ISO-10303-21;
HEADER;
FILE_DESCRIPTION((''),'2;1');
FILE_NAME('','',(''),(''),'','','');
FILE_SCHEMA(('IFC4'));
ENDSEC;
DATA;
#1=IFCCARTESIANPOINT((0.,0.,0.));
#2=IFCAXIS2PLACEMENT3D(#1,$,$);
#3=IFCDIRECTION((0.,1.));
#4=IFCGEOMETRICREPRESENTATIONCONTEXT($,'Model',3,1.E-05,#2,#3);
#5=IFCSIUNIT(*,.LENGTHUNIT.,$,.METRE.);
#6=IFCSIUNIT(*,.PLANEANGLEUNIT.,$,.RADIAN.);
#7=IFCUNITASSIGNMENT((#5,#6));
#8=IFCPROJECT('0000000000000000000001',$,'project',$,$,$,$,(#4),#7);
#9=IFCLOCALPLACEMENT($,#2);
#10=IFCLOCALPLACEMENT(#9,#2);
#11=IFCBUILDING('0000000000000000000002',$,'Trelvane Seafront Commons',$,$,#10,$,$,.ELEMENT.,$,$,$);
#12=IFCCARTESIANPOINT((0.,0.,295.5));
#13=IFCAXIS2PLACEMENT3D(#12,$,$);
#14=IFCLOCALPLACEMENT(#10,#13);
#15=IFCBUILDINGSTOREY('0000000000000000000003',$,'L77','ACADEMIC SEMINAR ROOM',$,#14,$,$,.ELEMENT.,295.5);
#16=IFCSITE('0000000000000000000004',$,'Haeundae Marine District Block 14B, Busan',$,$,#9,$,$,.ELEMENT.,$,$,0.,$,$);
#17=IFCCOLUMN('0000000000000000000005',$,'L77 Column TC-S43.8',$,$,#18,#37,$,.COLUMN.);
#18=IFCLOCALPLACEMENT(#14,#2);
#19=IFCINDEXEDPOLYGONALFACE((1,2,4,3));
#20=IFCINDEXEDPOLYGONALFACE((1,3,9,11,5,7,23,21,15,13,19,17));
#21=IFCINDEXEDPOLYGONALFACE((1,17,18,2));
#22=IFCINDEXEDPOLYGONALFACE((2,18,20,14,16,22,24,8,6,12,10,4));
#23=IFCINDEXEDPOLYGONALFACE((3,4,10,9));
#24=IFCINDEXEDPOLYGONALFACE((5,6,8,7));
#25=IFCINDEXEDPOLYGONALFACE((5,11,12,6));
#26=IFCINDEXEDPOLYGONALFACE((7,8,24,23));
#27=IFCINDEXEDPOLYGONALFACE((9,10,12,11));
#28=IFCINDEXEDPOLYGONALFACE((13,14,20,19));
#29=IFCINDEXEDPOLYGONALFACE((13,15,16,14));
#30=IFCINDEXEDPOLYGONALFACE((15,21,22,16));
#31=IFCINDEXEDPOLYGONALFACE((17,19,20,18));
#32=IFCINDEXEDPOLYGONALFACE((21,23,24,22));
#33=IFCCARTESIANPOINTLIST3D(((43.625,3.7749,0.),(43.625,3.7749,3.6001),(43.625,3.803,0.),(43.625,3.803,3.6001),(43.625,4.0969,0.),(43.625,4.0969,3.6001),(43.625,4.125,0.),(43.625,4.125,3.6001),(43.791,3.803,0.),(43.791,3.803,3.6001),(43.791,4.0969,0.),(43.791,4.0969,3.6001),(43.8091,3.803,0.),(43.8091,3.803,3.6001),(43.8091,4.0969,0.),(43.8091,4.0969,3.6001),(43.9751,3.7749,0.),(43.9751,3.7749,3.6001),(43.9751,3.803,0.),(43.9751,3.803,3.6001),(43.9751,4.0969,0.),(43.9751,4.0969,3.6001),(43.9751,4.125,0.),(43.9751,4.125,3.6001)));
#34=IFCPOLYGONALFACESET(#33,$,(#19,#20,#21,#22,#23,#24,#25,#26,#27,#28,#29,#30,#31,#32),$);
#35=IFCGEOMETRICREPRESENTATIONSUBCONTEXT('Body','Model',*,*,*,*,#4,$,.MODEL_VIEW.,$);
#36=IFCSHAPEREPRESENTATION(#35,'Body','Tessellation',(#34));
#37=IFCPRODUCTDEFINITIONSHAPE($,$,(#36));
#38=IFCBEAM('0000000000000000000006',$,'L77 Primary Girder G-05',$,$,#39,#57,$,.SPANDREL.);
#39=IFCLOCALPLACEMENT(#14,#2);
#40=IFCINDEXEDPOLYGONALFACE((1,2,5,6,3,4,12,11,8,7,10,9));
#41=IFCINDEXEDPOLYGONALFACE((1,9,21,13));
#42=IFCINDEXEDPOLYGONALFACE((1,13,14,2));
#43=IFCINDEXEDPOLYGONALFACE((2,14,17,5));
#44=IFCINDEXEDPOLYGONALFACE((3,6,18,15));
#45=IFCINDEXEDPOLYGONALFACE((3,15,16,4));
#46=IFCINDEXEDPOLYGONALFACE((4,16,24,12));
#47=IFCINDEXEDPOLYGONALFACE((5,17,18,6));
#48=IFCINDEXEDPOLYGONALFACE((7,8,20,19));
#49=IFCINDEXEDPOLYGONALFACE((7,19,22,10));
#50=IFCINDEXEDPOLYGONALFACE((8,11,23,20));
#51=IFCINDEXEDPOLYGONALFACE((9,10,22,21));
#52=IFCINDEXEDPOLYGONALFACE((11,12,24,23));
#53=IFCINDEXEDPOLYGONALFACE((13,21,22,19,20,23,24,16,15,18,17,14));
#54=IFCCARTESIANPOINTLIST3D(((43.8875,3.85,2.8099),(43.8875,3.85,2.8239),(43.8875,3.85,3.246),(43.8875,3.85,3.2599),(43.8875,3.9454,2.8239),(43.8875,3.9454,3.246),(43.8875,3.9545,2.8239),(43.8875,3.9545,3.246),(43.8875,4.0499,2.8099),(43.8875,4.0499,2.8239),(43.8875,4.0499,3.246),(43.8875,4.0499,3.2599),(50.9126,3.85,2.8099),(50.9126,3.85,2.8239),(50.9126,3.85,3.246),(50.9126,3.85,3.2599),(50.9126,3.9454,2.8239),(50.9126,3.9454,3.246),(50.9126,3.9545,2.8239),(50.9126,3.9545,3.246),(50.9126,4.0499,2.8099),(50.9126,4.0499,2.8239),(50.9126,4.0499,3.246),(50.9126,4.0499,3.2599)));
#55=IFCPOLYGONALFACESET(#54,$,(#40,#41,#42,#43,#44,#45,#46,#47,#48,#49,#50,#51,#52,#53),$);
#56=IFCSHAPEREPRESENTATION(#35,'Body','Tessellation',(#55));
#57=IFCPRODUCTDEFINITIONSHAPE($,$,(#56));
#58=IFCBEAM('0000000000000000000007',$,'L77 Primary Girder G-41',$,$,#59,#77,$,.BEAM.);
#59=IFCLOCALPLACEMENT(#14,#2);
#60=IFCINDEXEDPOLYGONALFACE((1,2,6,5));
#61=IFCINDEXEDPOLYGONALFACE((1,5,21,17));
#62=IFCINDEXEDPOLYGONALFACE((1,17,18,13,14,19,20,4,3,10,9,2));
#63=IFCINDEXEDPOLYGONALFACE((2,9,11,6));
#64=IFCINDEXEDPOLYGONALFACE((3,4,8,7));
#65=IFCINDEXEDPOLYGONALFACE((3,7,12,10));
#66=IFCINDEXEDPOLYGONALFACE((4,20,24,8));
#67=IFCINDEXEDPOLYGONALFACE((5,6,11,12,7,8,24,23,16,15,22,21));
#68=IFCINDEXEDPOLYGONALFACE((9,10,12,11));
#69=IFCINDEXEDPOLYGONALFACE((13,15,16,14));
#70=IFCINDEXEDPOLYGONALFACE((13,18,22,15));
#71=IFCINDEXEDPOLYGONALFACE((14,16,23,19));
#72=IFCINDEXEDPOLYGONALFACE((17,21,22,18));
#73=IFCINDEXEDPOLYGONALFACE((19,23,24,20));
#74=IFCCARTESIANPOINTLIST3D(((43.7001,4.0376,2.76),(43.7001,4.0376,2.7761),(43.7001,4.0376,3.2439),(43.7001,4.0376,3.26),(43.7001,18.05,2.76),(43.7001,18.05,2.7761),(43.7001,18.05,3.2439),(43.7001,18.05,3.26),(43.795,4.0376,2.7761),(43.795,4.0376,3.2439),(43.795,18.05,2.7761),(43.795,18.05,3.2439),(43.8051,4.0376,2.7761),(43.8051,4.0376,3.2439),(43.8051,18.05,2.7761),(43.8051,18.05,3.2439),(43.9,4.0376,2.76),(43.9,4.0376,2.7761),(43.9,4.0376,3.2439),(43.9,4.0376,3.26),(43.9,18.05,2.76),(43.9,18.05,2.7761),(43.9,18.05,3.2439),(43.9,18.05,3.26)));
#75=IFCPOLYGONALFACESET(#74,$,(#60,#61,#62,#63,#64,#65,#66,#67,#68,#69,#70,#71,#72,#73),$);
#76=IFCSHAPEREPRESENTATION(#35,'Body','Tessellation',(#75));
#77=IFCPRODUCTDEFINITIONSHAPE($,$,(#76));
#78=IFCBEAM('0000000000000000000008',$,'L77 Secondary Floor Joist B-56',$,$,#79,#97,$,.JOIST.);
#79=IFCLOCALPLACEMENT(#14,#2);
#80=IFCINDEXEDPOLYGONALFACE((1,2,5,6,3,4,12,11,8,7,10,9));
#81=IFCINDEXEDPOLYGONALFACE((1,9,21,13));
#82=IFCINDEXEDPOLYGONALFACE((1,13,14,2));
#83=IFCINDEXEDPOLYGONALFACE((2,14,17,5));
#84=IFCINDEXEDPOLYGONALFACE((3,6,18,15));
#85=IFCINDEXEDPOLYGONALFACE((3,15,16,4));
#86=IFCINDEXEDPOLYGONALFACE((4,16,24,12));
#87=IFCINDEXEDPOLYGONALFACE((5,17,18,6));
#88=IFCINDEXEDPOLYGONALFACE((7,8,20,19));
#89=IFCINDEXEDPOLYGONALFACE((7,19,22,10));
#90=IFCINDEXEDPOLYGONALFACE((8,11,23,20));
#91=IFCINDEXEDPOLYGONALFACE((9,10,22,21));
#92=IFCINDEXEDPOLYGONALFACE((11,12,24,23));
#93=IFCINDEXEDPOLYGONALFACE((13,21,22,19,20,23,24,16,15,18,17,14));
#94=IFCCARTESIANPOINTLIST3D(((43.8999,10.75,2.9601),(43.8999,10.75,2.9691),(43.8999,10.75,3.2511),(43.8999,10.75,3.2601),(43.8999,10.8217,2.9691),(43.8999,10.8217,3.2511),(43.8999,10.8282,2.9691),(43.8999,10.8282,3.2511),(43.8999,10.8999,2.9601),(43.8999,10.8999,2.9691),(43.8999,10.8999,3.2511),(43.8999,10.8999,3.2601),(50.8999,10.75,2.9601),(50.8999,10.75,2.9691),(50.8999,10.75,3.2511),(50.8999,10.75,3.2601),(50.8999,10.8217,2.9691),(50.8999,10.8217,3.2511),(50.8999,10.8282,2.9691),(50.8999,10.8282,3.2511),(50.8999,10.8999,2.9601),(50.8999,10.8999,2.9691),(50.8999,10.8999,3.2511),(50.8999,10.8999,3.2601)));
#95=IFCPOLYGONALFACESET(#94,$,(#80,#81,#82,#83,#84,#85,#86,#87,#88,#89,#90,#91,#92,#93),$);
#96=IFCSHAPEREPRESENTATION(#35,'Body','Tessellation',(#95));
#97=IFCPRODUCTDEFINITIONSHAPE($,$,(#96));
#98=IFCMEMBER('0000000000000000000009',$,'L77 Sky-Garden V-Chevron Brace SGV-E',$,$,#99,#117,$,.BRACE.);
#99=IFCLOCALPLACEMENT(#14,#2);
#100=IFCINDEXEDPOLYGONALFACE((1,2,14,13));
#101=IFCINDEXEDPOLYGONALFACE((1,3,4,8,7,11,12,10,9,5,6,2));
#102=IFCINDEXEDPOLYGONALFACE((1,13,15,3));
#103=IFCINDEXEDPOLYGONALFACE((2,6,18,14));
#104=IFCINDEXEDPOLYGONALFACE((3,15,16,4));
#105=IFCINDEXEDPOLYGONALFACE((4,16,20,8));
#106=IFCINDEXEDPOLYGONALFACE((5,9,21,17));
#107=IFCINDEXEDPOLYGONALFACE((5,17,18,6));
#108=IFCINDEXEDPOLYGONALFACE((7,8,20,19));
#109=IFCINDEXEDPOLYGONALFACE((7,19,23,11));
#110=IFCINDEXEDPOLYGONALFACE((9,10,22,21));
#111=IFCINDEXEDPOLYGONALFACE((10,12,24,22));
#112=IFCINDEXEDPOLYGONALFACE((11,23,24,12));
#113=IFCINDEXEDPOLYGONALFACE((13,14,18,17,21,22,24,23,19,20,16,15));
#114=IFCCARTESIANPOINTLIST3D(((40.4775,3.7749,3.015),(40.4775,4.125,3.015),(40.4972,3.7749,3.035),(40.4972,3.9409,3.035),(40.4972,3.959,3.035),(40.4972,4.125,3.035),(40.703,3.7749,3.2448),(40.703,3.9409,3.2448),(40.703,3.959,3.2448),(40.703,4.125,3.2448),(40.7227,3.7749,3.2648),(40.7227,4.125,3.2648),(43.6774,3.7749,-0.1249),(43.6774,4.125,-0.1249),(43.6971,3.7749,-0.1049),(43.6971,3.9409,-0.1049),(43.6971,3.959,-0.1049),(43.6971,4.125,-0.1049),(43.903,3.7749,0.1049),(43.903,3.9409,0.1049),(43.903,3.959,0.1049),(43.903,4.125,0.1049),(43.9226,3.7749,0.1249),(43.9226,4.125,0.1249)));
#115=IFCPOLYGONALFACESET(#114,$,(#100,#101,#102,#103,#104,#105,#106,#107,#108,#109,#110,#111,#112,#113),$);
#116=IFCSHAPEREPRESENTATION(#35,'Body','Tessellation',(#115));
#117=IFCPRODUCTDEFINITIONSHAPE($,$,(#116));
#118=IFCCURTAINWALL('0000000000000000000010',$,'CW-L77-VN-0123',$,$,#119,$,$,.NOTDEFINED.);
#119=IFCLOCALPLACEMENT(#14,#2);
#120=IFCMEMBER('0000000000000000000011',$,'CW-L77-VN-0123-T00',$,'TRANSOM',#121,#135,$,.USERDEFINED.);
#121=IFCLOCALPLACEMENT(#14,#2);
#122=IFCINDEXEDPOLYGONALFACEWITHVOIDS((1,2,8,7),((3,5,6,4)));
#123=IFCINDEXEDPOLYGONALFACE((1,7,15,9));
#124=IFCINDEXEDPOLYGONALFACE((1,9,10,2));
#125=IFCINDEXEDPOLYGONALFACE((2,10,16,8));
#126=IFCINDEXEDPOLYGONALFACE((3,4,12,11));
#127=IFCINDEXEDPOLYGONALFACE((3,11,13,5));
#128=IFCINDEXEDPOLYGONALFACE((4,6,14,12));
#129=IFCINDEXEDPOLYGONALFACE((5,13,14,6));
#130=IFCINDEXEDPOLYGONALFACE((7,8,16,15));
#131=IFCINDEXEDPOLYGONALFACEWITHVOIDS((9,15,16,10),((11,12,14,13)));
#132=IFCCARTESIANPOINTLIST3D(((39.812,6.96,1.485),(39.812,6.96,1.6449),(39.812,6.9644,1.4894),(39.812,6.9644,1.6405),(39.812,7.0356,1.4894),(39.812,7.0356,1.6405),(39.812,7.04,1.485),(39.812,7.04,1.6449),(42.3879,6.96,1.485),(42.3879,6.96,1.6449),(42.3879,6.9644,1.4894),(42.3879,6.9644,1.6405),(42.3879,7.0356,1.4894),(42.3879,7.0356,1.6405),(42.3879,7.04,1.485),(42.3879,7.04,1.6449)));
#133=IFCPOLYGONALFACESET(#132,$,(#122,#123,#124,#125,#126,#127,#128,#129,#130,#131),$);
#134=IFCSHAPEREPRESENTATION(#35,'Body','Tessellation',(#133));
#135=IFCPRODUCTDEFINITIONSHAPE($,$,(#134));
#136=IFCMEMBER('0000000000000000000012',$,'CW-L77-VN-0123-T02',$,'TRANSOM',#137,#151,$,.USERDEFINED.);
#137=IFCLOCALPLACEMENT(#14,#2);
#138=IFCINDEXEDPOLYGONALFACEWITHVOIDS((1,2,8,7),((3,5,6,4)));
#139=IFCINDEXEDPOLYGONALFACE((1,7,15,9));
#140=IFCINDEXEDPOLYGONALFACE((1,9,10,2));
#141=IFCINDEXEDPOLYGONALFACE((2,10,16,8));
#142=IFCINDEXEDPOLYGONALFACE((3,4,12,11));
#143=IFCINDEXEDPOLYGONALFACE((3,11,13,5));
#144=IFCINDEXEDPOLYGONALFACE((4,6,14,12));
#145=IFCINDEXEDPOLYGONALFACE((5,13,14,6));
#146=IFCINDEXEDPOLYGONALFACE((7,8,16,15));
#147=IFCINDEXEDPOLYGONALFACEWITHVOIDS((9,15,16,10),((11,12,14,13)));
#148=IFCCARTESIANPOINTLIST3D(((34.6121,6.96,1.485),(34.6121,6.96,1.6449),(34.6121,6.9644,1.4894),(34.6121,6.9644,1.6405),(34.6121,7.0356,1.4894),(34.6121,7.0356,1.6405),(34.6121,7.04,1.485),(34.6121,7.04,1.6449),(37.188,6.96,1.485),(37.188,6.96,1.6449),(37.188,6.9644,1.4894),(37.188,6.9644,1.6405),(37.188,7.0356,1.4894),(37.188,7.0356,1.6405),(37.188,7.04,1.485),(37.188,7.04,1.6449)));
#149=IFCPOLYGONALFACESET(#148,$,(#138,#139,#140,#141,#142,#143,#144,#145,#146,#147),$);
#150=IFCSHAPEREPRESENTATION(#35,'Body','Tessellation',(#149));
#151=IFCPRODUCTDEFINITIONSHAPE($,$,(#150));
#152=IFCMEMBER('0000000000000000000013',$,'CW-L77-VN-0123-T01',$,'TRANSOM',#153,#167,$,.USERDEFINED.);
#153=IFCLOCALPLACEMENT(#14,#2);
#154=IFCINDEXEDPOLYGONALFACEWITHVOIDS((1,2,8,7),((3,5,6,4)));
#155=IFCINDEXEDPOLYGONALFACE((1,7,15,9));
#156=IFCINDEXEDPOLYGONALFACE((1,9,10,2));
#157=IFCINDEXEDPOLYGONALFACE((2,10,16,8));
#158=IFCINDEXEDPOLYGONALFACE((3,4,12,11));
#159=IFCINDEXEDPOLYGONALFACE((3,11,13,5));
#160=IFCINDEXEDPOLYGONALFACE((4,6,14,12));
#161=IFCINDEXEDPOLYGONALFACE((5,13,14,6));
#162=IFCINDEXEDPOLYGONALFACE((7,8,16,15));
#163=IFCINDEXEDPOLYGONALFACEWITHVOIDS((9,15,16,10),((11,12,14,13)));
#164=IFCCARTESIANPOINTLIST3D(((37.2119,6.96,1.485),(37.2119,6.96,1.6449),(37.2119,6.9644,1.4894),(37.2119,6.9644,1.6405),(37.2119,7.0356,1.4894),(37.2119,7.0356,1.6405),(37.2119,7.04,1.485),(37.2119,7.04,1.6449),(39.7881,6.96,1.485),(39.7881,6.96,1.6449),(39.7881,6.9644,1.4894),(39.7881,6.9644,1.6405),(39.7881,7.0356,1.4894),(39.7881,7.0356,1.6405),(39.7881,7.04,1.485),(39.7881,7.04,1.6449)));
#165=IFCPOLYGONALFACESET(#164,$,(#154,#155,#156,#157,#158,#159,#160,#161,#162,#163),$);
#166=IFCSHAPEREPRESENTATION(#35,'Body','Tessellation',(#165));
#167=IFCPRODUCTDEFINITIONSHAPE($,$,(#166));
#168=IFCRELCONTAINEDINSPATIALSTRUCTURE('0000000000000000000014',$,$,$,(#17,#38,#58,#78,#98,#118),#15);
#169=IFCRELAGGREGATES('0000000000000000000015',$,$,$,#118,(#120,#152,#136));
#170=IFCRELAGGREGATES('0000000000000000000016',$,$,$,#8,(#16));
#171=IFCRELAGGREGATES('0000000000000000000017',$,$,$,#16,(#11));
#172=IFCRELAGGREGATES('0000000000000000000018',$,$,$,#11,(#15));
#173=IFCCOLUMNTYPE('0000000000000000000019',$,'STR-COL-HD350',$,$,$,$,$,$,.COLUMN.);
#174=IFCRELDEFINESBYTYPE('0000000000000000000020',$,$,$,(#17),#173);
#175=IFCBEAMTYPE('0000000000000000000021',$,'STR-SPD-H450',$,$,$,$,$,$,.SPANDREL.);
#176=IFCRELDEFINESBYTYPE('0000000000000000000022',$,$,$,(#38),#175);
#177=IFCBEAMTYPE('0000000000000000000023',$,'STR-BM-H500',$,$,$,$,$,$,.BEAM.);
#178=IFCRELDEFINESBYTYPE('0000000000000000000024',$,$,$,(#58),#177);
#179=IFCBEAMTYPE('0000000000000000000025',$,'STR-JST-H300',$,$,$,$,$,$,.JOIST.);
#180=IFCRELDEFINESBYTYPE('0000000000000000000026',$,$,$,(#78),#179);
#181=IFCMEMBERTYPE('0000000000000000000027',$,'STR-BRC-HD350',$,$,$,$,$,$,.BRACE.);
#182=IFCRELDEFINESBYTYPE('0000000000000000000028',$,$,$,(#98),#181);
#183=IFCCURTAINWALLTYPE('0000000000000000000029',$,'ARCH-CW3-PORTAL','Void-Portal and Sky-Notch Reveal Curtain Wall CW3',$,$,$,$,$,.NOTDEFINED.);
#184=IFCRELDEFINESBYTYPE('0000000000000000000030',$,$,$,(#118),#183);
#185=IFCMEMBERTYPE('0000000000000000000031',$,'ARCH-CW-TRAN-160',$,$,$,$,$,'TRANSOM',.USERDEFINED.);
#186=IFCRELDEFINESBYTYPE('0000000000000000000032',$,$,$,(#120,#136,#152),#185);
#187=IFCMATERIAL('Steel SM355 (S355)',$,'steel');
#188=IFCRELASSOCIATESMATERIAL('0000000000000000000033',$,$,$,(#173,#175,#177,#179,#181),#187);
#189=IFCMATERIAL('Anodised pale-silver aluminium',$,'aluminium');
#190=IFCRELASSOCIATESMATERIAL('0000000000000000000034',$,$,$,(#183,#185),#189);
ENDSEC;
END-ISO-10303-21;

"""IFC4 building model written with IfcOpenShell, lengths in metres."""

from ifc_helpers import new_model, si_unit, direction, frame, origin, origin_2d, place, context, subcontext, project, spatial, hollow_rectangle, i_section, extrude, source, transform, mapped, material, material_profile, profile_set, type_object, element, aggregate, save


model = new_model("IFC4")

# Units and contexts
model_context = context("Model", 3, precision=1e-05, world=origin(), true_north=direction((0.0, 1.0)))
body_context = subcontext(model_context, "Body", "Model", "MODEL_VIEW")
ifc_project = project(units=[si_unit("LENGTHUNIT", "METRE"), si_unit("PLANEANGLEUNIT", "RADIAN")], contexts=[model_context])

# Site, building, storey
site_placement = place(None, origin())
site = spatial("IfcSite", under=ifc_project, at=site_placement, Name="Haeundae Marine District Block 14B, Busan", CompositionType="ELEMENT", RefElevation=0.0)
building_placement = place(site_placement, origin())
building = spatial("IfcBuilding", under=site, at=building_placement, Name="Trelvane Seafront Commons", CompositionType="ELEMENT")
storey_placement = place(building_placement, frame((0.0, 0.0, 295.5)))
storey = spatial("IfcBuildingStorey", under=building, at=storey_placement, Name="L77", Description="ACADEMIC SEMINAR ROOM", CompositionType="ELEMENT", Elevation=295.5)

# Column
ifc_material_1 = material(Name="Steel SM355 (S355)", Category="steel")
ifc_material_profile_1 = material_profile(ifc_material_1, i_section(OverallWidth=0.3501, OverallDepth=0.3501, WebThickness=0.0181, FlangeThickness=0.0281, at=origin_2d()), Name="HD-350x350x18x28")
ifc_profile_set_1 = profile_set([ifc_material_profile_1], Name="Steel SM355 (S355)")
column_type = type_object("IfcColumnType", Name="STR-COL-HD350", PredefinedType="COLUMN", material=ifc_profile_set_1)
shared_shape_1 = source(origin(), body_context, "Body", "SweptSolid", [
    extrude(i_section(OverallWidth=0.3501, OverallDepth=0.3501, WebThickness=0.0181, FlangeThickness=0.0281, at=origin_2d()), origin(), (0.0, 0.0, 1.0), 3.6001),
])
column_placement = place(storey_placement, frame((43.8, 3.95, 0.0), z_axis=(0.0, 0.0, 1.0), x_axis=(1.0, 0.0, 0.0)))
element("IfcColumn", 1, at=column_placement, inside=storey, type_object=column_type, Name="L77 Column TC-S43.8", PredefinedType="COLUMN", context=body_context, shape_type="MappedRepresentation", body=[
    mapped(shared_shape_1, transform((0.0, 0.0, 0.0), x_axis=(1.0, 0.0, 0.0), y_axis=(0.0, 1.0, 0.0), z_axis=(0.0, 0.0, 1.0), scale=1.0)),
])

# Beams
ifc_material_profile_2 = material_profile(ifc_material_1, i_section(OverallWidth=0.2, OverallDepth=0.45, WebThickness=0.009, FlangeThickness=0.0139, at=origin_2d()), Name="H-450x200x9x14")
ifc_profile_set_2 = profile_set([ifc_material_profile_2], Name="Steel SM355 (S355)")
beam_type_1 = type_object("IfcBeamType", Name="STR-SPD-H450", PredefinedType="SPANDREL", material=ifc_profile_set_2)
shared_shape_2 = source(origin(), body_context, "Body", "SweptSolid", [
    extrude(i_section(OverallWidth=0.2, OverallDepth=0.45, WebThickness=0.009, FlangeThickness=0.0139, at=origin_2d()), origin(), (0.0, 0.0, 1.0), 7.0251),
])
beam_1_placement = place(storey_placement, frame((43.8875, 3.95, 3.0349), z_axis=(1.0, 0.0, 0.0), x_axis=(0.0, 1.0, 0.0)))
element("IfcBeam", 2, at=beam_1_placement, inside=storey, type_object=beam_type_1, Name="L77 Primary Girder G-05", PredefinedType="SPANDREL", context=body_context, shape_type="MappedRepresentation", body=[
    mapped(shared_shape_2, transform((0.0, 0.0, 0.0), x_axis=(1.0, 0.0, 0.0), y_axis=(0.0, 1.0, 0.0), z_axis=(0.0, 0.0, 1.0), scale=1.0)),
])
ifc_material_profile_3 = material_profile(ifc_material_1, i_section(OverallWidth=0.2, OverallDepth=0.5, WebThickness=0.01, FlangeThickness=0.0161, at=origin_2d()), Name="H-500x200x10x16")
ifc_profile_set_3 = profile_set([ifc_material_profile_3], Name="Steel SM355 (S355)")
beam_type_2 = type_object("IfcBeamType", Name="STR-BM-H500", PredefinedType="BEAM", material=ifc_profile_set_3)
shared_shape_3 = source(origin(), body_context, "Body", "SweptSolid", [
    extrude(i_section(OverallWidth=0.2, OverallDepth=0.5, WebThickness=0.01, FlangeThickness=0.0161, at=origin_2d()), origin(), (0.0, 0.0, 1.0), 14.0125),
])
beam_2_placement = place(storey_placement, frame((43.8, 4.0376, 3.01), z_axis=(0.0, 1.0, 0.0), x_axis=(-1.0, 0.0, 0.0)))
element("IfcBeam", 3, at=beam_2_placement, inside=storey, type_object=beam_type_2, Name="L77 Primary Girder G-41", PredefinedType="BEAM", context=body_context, shape_type="MappedRepresentation", body=[
    mapped(shared_shape_3, transform((0.0, 0.0, 0.0), x_axis=(1.0, 0.0, 0.0), y_axis=(0.0, 1.0, 0.0), z_axis=(0.0, 0.0, 1.0), scale=1.0)),
])
ifc_material_profile_4 = material_profile(ifc_material_1, i_section(OverallWidth=0.1499, OverallDepth=0.3, WebThickness=0.0066, FlangeThickness=0.009, at=origin_2d()), Name="H-300x150x6.5x9")
ifc_profile_set_4 = profile_set([ifc_material_profile_4], Name="Steel SM355 (S355)")
beam_type_3 = type_object("IfcBeamType", Name="STR-JST-H300", PredefinedType="JOIST", material=ifc_profile_set_4)
shared_shape_4 = source(origin(), body_context, "Body", "SweptSolid", [
    extrude(i_section(OverallWidth=0.1499, OverallDepth=0.3, WebThickness=0.0066, FlangeThickness=0.009, at=origin_2d()), origin(), (0.0, 0.0, 1.0), 7.0),
])
beam_3_placement = place(storey_placement, frame((43.8999, 10.825, 3.1101), z_axis=(1.0, 0.0, 0.0), x_axis=(0.0, 1.0, 0.0)))
element("IfcBeam", 4, at=beam_3_placement, inside=storey, type_object=beam_type_3, Name="L77 Secondary Floor Joist B-56", PredefinedType="JOIST", context=body_context, shape_type="MappedRepresentation", body=[
    mapped(shared_shape_4, transform((0.0, 0.0, 0.0), x_axis=(1.0, 0.0, 0.0), y_axis=(0.0, 1.0, 0.0), z_axis=(0.0, 0.0, 1.0), scale=1.0)),
])

# Member
ifc_material_profile_5 = material_profile(ifc_material_1, i_section(OverallWidth=0.3501, OverallDepth=0.3501, WebThickness=0.0181, FlangeThickness=0.0281, at=origin_2d()), Name="HD-350x350x18x28")
ifc_profile_set_5 = profile_set([ifc_material_profile_5], Name="Steel SM355 (S355)")
member_type_1 = type_object("IfcMemberType", Name="STR-BRC-HD350", PredefinedType="BRACE", material=ifc_profile_set_5)
shared_shape_5 = source(origin(), body_context, "Body", "SweptSolid", [
    extrude(i_section(OverallWidth=0.3501, OverallDepth=0.3501, WebThickness=0.0181, FlangeThickness=0.0281, at=origin_2d()), origin(), (0.0, 0.0, 1.0), 4.4832),
])
member_1_placement = place(storey_placement, frame((43.8, 3.95, 0.0), z_axis=(-0.713773, 0.0, 0.700377), x_axis=(0.0, -1.0, 0.0)))
element("IfcMember", 5, at=member_1_placement, inside=storey, type_object=member_type_1, Name="L77 Sky-Garden V-Chevron Brace SGV-E", PredefinedType="BRACE", context=body_context, shape_type="MappedRepresentation", body=[
    mapped(shared_shape_5, transform((0.0, 0.0, 0.0), x_axis=(1.0, 0.0, 0.0), y_axis=(0.0, 1.0, 0.0), z_axis=(0.0, 0.0, 1.0), scale=1.0)),
])

# Curtain wall, members
ifc_material_2 = material(Name="Anodised pale-silver aluminium", Category="aluminium")
curtain_wall_type = type_object("IfcCurtainWallType", Name="ARCH-CW3-PORTAL", Description="Void-Portal and Sky-Notch Reveal Curtain Wall CW3", PredefinedType="NOTDEFINED", material=ifc_material_2)
curtain_wall_placement = place(storey_placement, origin())
curtain_wall = element("IfcCurtainWall", 6, at=curtain_wall_placement, inside=storey, type_object=curtain_wall_type, Name="CW-L77-VN-0123", PredefinedType="NOTDEFINED")
ifc_material_profile_6 = material_profile(ifc_material_2, hollow_rectangle(XDim=0.0801, YDim=0.1599, WallThickness=0.0044, at=origin_2d()), Name="TRAN-80x160x4.5")
ifc_profile_set_6 = profile_set([ifc_material_profile_6], Name="Anodised pale-silver aluminium")
member_type_2 = type_object("IfcMemberType", Name="ARCH-CW-TRAN-160", ElementType="TRANSOM", PredefinedType="USERDEFINED", material=ifc_profile_set_6)
shared_shape_6 = source(origin(), body_context, "Body", "SweptSolid", [
    extrude(hollow_rectangle(XDim=0.0801, YDim=0.1599, WallThickness=0.0044, at=origin_2d()), origin(), (0.0, 0.0, 1.0), 2.5759),
])
member_2_placement = place(storey_placement, frame((42.3879, 7.0, 1.5649), z_axis=(-1.0, 0.0, 0.0), x_axis=(0.0, -1.0, 0.0)))
member_2 = element("IfcMember", 7, at=member_2_placement, type_object=member_type_2, Name="CW-L77-VN-0123-T00", ObjectType="TRANSOM", PredefinedType="USERDEFINED", context=body_context, shape_type="MappedRepresentation", body=[
    mapped(shared_shape_6, transform((0.0, 0.0, 0.0), x_axis=(1.0, 0.0, 0.0), y_axis=(0.0, 1.0, 0.0), z_axis=(0.0, 0.0, 1.0), scale=1.0)),
])
member_3_placement = place(storey_placement, frame((37.188, 7.0, 1.5649), z_axis=(-1.0, 0.0, 0.0), x_axis=(0.0, -1.0, 0.0)))
member_3 = element("IfcMember", 8, at=member_3_placement, type_object=member_type_2, Name="CW-L77-VN-0123-T02", ObjectType="TRANSOM", PredefinedType="USERDEFINED", context=body_context, shape_type="MappedRepresentation", body=[
    mapped(shared_shape_6, transform((0.0, 0.0, 0.0), x_axis=(1.0, 0.0, 0.0), y_axis=(0.0, 1.0, 0.0), z_axis=(0.0, 0.0, 1.0), scale=1.0)),
])
shared_shape_7 = source(origin(), body_context, "Body", "SweptSolid", [
    extrude(hollow_rectangle(XDim=0.0801, YDim=0.1599, WallThickness=0.0044, at=origin_2d()), origin(), (0.0, 0.0, 1.0), 2.5762),
])
member_4_placement = place(storey_placement, frame((39.7881, 7.0, 1.5649), z_axis=(-1.0, 0.0, 0.0), x_axis=(0.0, -1.0, 0.0)))
member_4 = element("IfcMember", 9, at=member_4_placement, type_object=member_type_2, Name="CW-L77-VN-0123-T01", ObjectType="TRANSOM", PredefinedType="USERDEFINED", context=body_context, shape_type="MappedRepresentation", body=[
    mapped(shared_shape_7, transform((0.0, 0.0, 0.0), x_axis=(1.0, 0.0, 0.0), y_axis=(0.0, 1.0, 0.0), z_axis=(0.0, 0.0, 1.0), scale=1.0)),
])

aggregate(curtain_wall, [member_2, member_4, member_3])

save(model, "model.ifc")
